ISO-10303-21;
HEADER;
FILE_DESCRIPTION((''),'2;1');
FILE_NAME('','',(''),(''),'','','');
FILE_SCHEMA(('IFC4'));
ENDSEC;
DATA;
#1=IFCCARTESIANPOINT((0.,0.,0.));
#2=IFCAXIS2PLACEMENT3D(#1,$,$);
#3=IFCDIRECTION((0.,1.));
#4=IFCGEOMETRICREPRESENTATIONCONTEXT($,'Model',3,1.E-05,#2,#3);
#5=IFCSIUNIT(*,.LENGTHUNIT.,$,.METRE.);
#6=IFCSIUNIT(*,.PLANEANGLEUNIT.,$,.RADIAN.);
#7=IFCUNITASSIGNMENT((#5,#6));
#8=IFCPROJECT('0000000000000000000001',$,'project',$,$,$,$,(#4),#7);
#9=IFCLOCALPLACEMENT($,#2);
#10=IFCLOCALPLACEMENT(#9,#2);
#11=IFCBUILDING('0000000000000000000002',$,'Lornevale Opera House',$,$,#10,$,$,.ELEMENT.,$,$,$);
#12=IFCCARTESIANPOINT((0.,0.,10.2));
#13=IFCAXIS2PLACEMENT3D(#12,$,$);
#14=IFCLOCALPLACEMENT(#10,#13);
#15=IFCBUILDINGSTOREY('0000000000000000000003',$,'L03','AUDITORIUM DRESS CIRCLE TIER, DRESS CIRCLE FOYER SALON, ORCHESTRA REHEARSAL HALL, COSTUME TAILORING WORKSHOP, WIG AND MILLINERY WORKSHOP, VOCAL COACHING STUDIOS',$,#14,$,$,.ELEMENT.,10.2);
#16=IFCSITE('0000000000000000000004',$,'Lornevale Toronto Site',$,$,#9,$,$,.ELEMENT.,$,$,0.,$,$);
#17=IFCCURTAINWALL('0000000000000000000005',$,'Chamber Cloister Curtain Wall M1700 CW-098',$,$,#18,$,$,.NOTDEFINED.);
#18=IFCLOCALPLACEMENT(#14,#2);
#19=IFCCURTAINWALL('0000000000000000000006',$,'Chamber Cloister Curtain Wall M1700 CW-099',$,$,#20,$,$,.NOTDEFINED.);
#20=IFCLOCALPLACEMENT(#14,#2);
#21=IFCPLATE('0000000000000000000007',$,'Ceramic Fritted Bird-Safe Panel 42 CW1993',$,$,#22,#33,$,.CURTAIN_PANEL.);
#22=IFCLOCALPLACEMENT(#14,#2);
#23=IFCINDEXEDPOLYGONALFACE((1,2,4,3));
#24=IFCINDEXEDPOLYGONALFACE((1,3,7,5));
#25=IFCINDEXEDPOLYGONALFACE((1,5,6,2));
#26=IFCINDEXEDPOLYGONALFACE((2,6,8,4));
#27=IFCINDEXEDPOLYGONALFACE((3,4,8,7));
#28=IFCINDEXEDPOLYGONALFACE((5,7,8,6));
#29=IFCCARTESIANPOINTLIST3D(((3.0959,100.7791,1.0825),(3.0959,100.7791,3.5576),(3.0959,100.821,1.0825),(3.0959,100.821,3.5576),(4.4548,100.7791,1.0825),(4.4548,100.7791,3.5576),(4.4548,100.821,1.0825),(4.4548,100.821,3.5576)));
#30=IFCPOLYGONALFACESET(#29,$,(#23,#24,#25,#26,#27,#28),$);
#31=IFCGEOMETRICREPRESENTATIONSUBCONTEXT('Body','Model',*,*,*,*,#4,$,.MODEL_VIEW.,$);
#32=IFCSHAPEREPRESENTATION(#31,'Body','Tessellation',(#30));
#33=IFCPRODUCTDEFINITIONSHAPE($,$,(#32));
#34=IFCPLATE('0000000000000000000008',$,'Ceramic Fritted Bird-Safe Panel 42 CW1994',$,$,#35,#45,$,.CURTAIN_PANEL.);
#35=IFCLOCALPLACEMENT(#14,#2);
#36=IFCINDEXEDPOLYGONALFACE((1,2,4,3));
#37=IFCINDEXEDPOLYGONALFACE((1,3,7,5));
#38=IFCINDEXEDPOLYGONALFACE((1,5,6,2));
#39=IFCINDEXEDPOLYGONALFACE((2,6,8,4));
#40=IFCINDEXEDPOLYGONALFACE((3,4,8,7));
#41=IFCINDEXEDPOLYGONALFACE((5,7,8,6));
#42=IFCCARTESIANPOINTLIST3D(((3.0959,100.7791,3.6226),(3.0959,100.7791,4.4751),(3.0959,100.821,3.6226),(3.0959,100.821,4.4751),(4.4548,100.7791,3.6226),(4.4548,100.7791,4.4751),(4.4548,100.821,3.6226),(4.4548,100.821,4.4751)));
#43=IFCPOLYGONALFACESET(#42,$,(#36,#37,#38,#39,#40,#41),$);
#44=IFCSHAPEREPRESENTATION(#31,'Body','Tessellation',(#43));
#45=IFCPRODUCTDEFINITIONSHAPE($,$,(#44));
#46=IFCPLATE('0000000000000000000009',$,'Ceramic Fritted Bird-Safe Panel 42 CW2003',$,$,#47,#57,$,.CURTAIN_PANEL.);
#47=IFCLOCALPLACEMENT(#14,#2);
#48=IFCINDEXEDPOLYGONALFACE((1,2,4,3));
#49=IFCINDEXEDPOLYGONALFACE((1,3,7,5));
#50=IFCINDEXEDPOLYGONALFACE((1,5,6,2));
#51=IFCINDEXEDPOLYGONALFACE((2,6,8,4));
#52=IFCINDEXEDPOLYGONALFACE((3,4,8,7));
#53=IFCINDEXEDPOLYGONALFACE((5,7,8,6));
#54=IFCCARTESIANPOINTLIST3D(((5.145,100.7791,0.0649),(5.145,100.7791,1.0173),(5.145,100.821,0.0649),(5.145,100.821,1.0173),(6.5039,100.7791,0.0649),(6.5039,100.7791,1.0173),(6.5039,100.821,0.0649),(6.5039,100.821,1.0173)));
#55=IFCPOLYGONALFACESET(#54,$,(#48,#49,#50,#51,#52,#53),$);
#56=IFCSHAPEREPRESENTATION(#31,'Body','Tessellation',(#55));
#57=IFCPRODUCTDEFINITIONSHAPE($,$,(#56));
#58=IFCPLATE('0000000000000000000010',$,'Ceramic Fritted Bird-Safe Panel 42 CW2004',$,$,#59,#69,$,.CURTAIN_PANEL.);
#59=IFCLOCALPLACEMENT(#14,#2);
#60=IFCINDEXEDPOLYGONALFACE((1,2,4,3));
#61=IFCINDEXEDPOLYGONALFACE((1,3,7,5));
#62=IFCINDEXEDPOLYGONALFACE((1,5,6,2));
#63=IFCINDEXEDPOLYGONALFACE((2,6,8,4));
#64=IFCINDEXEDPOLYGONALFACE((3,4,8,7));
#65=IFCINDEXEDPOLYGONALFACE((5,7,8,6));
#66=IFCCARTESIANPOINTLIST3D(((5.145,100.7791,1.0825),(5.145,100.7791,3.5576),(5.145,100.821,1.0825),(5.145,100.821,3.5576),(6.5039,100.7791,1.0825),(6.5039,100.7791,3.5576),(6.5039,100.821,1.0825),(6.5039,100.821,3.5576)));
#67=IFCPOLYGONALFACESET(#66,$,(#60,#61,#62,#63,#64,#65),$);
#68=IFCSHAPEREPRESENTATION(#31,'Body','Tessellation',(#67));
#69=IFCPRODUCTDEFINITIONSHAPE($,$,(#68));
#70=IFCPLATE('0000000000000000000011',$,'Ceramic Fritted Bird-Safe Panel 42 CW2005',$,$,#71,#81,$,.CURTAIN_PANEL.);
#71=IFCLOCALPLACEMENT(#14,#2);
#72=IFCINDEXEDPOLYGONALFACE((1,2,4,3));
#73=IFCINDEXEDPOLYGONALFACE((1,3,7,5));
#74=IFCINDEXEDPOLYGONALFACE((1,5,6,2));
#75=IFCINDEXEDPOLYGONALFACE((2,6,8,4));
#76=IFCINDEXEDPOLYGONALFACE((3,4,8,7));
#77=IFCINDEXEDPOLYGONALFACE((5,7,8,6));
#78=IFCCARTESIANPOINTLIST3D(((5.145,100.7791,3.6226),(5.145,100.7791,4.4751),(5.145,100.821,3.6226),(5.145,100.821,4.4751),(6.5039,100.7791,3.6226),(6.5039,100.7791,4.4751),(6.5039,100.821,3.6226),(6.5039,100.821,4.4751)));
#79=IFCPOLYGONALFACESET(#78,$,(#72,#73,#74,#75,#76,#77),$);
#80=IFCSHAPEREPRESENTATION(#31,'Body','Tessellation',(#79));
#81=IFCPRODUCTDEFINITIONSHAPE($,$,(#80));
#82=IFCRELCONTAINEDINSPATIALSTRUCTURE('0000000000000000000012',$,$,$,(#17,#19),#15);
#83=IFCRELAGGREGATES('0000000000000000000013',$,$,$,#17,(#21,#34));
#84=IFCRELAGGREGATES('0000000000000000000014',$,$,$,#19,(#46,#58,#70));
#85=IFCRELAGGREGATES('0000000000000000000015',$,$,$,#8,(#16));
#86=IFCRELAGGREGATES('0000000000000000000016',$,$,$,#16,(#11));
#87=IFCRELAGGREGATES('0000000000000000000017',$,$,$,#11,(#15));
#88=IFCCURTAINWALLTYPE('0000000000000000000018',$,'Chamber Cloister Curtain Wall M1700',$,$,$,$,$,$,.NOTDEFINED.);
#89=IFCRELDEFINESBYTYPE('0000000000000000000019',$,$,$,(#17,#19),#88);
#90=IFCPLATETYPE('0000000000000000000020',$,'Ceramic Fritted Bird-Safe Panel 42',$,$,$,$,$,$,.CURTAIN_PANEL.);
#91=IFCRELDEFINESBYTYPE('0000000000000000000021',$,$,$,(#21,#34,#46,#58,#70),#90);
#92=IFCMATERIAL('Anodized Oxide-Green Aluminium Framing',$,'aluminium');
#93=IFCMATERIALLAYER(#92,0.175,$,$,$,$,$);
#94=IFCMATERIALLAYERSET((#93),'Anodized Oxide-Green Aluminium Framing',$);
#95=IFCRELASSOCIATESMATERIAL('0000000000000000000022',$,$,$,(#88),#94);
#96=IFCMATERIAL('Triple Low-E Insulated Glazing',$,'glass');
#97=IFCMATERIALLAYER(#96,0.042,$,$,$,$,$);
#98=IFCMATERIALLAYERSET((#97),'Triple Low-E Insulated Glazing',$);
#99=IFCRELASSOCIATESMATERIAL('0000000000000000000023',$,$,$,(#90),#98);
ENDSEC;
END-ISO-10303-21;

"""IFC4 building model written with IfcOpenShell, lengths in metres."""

from ifc_helpers import new_model, si_unit, direction, frame, origin, origin_2d, place, context, subcontext, project, spatial, rectangle, extrude, material, layer, layer_set, type_object, element, aggregate, save


model = new_model("IFC4")

# Units and contexts
model_context = context("Model", 3, precision=1e-05, world=origin(), true_north=direction((0.0, 1.0)))
body_context = subcontext(model_context, "Body", "Model", "MODEL_VIEW")
ifc_project = project(units=[si_unit("LENGTHUNIT", "METRE"), si_unit("PLANEANGLEUNIT", "RADIAN")], contexts=[model_context])

# Site, building, storey
site_placement = place(None, origin())
site = spatial("IfcSite", under=ifc_project, at=site_placement, Name="Lornevale Toronto Site", CompositionType="ELEMENT", RefElevation=0.0)
building_placement = place(site_placement, origin())
building = spatial("IfcBuilding", under=site, at=building_placement, Name="Lornevale Opera House", CompositionType="ELEMENT")
storey_placement = place(building_placement, frame((0.0, 0.0, 10.2)))
storey = spatial("IfcBuildingStorey", under=building, at=storey_placement, Name="L03", Description="AUDITORIUM DRESS CIRCLE TIER, DRESS CIRCLE FOYER SALON, ORCHESTRA REHEARSAL HALL, COSTUME TAILORING WORKSHOP, WIG AND MILLINERY WORKSHOP, VOCAL COACHING STUDIOS", CompositionType="ELEMENT", Elevation=10.2)

# Curtain wall
ifc_material_1 = material(Name="Anodized Oxide-Green Aluminium Framing", Category="aluminium")
ifc_layer_1 = layer(ifc_material_1, 0.175)
ifc_layer_set_1 = layer_set([ifc_layer_1], Name="Anodized Oxide-Green Aluminium Framing")
curtain_wall_type = type_object("IfcCurtainWallType", Name="Chamber Cloister Curtain Wall M1700", PredefinedType="NOTDEFINED", material=ifc_layer_set_1)
curtain_wall_1_placement = place(storey_placement, origin())
curtain_wall_1 = element("IfcCurtainWall", 1, at=curtain_wall_1_placement, inside=storey, type_object=curtain_wall_type, Name="Chamber Cloister Curtain Wall M1700 CW-098", PredefinedType="NOTDEFINED")

# Curtain wall
curtain_wall_2_placement = place(storey_placement, origin())
curtain_wall_2 = element("IfcCurtainWall", 2, at=curtain_wall_2_placement, inside=storey, type_object=curtain_wall_type, Name="Chamber Cloister Curtain Wall M1700 CW-099", PredefinedType="NOTDEFINED")

# Plates
ifc_material_2 = material(Name="Triple Low-E Insulated Glazing", Category="glass")
ifc_layer_2 = layer(ifc_material_2, 0.042)
ifc_layer_set_2 = layer_set([ifc_layer_2], Name="Triple Low-E Insulated Glazing")
plate_type = type_object("IfcPlateType", Name="Ceramic Fritted Bird-Safe Panel 42", PredefinedType="CURTAIN_PANEL", material=ifc_layer_set_2)
plate_1_placement = place(storey_placement, frame((3.7754, 100.8, 1.0825), z_axis=(0.0, 0.0, 1.0), x_axis=(1.0, 0.0, 0.0)))
plate_1 = element("IfcPlate", 3, at=plate_1_placement, type_object=plate_type, Name="Ceramic Fritted Bird-Safe Panel 42 CW1993", PredefinedType="CURTAIN_PANEL", context=body_context, shape_type="SweptSolid", body=[
    extrude(rectangle(XDim=1.3589, YDim=0.042, at=origin_2d()), origin(), (0.0, 0.0, 1.0), 2.4751),
])
plate_2_placement = place(storey_placement, frame((3.7754, 100.8, 3.6226), z_axis=(0.0, 0.0, 1.0), x_axis=(1.0, 0.0, 0.0)))
plate_2 = element("IfcPlate", 4, at=plate_2_placement, type_object=plate_type, Name="Ceramic Fritted Bird-Safe Panel 42 CW1994", PredefinedType="CURTAIN_PANEL", context=body_context, shape_type="SweptSolid", body=[
    extrude(rectangle(XDim=1.3589, YDim=0.042, at=origin_2d()), origin(), (0.0, 0.0, 1.0), 0.8525),
])
aggregate(curtain_wall_1, [plate_1, plate_2])
plate_3_placement = place(storey_placement, frame((5.8245, 100.8, 0.0649), z_axis=(0.0, 0.0, 1.0), x_axis=(1.0, 0.0, 0.0)))
plate_3 = element("IfcPlate", 5, at=plate_3_placement, type_object=plate_type, Name="Ceramic Fritted Bird-Safe Panel 42 CW2003", PredefinedType="CURTAIN_PANEL", context=body_context, shape_type="SweptSolid", body=[
    extrude(rectangle(XDim=1.3589, YDim=0.042, at=origin_2d()), origin(), (0.0, 0.0, 1.0), 0.9524),
])
plate_4_placement = place(storey_placement, frame((5.8245, 100.8, 1.0825), z_axis=(0.0, 0.0, 1.0), x_axis=(1.0, 0.0, 0.0)))
plate_4 = element("IfcPlate", 6, at=plate_4_placement, type_object=plate_type, Name="Ceramic Fritted Bird-Safe Panel 42 CW2004", PredefinedType="CURTAIN_PANEL", context=body_context, shape_type="SweptSolid", body=[
    extrude(rectangle(XDim=1.3589, YDim=0.042, at=origin_2d()), origin(), (0.0, 0.0, 1.0), 2.4751),
])
plate_5_placement = place(storey_placement, frame((5.8245, 100.8, 3.6226), z_axis=(0.0, 0.0, 1.0), x_axis=(1.0, 0.0, 0.0)))
plate_5 = element("IfcPlate", 7, at=plate_5_placement, type_object=plate_type, Name="Ceramic Fritted Bird-Safe Panel 42 CW2005", PredefinedType="CURTAIN_PANEL", context=body_context, shape_type="SweptSolid", body=[
    extrude(rectangle(XDim=1.3589, YDim=0.042, at=origin_2d()), origin(), (0.0, 0.0, 1.0), 0.8525),
])
aggregate(curtain_wall_2, [plate_3, plate_4, plate_5])

save(model, "model.ifc")
